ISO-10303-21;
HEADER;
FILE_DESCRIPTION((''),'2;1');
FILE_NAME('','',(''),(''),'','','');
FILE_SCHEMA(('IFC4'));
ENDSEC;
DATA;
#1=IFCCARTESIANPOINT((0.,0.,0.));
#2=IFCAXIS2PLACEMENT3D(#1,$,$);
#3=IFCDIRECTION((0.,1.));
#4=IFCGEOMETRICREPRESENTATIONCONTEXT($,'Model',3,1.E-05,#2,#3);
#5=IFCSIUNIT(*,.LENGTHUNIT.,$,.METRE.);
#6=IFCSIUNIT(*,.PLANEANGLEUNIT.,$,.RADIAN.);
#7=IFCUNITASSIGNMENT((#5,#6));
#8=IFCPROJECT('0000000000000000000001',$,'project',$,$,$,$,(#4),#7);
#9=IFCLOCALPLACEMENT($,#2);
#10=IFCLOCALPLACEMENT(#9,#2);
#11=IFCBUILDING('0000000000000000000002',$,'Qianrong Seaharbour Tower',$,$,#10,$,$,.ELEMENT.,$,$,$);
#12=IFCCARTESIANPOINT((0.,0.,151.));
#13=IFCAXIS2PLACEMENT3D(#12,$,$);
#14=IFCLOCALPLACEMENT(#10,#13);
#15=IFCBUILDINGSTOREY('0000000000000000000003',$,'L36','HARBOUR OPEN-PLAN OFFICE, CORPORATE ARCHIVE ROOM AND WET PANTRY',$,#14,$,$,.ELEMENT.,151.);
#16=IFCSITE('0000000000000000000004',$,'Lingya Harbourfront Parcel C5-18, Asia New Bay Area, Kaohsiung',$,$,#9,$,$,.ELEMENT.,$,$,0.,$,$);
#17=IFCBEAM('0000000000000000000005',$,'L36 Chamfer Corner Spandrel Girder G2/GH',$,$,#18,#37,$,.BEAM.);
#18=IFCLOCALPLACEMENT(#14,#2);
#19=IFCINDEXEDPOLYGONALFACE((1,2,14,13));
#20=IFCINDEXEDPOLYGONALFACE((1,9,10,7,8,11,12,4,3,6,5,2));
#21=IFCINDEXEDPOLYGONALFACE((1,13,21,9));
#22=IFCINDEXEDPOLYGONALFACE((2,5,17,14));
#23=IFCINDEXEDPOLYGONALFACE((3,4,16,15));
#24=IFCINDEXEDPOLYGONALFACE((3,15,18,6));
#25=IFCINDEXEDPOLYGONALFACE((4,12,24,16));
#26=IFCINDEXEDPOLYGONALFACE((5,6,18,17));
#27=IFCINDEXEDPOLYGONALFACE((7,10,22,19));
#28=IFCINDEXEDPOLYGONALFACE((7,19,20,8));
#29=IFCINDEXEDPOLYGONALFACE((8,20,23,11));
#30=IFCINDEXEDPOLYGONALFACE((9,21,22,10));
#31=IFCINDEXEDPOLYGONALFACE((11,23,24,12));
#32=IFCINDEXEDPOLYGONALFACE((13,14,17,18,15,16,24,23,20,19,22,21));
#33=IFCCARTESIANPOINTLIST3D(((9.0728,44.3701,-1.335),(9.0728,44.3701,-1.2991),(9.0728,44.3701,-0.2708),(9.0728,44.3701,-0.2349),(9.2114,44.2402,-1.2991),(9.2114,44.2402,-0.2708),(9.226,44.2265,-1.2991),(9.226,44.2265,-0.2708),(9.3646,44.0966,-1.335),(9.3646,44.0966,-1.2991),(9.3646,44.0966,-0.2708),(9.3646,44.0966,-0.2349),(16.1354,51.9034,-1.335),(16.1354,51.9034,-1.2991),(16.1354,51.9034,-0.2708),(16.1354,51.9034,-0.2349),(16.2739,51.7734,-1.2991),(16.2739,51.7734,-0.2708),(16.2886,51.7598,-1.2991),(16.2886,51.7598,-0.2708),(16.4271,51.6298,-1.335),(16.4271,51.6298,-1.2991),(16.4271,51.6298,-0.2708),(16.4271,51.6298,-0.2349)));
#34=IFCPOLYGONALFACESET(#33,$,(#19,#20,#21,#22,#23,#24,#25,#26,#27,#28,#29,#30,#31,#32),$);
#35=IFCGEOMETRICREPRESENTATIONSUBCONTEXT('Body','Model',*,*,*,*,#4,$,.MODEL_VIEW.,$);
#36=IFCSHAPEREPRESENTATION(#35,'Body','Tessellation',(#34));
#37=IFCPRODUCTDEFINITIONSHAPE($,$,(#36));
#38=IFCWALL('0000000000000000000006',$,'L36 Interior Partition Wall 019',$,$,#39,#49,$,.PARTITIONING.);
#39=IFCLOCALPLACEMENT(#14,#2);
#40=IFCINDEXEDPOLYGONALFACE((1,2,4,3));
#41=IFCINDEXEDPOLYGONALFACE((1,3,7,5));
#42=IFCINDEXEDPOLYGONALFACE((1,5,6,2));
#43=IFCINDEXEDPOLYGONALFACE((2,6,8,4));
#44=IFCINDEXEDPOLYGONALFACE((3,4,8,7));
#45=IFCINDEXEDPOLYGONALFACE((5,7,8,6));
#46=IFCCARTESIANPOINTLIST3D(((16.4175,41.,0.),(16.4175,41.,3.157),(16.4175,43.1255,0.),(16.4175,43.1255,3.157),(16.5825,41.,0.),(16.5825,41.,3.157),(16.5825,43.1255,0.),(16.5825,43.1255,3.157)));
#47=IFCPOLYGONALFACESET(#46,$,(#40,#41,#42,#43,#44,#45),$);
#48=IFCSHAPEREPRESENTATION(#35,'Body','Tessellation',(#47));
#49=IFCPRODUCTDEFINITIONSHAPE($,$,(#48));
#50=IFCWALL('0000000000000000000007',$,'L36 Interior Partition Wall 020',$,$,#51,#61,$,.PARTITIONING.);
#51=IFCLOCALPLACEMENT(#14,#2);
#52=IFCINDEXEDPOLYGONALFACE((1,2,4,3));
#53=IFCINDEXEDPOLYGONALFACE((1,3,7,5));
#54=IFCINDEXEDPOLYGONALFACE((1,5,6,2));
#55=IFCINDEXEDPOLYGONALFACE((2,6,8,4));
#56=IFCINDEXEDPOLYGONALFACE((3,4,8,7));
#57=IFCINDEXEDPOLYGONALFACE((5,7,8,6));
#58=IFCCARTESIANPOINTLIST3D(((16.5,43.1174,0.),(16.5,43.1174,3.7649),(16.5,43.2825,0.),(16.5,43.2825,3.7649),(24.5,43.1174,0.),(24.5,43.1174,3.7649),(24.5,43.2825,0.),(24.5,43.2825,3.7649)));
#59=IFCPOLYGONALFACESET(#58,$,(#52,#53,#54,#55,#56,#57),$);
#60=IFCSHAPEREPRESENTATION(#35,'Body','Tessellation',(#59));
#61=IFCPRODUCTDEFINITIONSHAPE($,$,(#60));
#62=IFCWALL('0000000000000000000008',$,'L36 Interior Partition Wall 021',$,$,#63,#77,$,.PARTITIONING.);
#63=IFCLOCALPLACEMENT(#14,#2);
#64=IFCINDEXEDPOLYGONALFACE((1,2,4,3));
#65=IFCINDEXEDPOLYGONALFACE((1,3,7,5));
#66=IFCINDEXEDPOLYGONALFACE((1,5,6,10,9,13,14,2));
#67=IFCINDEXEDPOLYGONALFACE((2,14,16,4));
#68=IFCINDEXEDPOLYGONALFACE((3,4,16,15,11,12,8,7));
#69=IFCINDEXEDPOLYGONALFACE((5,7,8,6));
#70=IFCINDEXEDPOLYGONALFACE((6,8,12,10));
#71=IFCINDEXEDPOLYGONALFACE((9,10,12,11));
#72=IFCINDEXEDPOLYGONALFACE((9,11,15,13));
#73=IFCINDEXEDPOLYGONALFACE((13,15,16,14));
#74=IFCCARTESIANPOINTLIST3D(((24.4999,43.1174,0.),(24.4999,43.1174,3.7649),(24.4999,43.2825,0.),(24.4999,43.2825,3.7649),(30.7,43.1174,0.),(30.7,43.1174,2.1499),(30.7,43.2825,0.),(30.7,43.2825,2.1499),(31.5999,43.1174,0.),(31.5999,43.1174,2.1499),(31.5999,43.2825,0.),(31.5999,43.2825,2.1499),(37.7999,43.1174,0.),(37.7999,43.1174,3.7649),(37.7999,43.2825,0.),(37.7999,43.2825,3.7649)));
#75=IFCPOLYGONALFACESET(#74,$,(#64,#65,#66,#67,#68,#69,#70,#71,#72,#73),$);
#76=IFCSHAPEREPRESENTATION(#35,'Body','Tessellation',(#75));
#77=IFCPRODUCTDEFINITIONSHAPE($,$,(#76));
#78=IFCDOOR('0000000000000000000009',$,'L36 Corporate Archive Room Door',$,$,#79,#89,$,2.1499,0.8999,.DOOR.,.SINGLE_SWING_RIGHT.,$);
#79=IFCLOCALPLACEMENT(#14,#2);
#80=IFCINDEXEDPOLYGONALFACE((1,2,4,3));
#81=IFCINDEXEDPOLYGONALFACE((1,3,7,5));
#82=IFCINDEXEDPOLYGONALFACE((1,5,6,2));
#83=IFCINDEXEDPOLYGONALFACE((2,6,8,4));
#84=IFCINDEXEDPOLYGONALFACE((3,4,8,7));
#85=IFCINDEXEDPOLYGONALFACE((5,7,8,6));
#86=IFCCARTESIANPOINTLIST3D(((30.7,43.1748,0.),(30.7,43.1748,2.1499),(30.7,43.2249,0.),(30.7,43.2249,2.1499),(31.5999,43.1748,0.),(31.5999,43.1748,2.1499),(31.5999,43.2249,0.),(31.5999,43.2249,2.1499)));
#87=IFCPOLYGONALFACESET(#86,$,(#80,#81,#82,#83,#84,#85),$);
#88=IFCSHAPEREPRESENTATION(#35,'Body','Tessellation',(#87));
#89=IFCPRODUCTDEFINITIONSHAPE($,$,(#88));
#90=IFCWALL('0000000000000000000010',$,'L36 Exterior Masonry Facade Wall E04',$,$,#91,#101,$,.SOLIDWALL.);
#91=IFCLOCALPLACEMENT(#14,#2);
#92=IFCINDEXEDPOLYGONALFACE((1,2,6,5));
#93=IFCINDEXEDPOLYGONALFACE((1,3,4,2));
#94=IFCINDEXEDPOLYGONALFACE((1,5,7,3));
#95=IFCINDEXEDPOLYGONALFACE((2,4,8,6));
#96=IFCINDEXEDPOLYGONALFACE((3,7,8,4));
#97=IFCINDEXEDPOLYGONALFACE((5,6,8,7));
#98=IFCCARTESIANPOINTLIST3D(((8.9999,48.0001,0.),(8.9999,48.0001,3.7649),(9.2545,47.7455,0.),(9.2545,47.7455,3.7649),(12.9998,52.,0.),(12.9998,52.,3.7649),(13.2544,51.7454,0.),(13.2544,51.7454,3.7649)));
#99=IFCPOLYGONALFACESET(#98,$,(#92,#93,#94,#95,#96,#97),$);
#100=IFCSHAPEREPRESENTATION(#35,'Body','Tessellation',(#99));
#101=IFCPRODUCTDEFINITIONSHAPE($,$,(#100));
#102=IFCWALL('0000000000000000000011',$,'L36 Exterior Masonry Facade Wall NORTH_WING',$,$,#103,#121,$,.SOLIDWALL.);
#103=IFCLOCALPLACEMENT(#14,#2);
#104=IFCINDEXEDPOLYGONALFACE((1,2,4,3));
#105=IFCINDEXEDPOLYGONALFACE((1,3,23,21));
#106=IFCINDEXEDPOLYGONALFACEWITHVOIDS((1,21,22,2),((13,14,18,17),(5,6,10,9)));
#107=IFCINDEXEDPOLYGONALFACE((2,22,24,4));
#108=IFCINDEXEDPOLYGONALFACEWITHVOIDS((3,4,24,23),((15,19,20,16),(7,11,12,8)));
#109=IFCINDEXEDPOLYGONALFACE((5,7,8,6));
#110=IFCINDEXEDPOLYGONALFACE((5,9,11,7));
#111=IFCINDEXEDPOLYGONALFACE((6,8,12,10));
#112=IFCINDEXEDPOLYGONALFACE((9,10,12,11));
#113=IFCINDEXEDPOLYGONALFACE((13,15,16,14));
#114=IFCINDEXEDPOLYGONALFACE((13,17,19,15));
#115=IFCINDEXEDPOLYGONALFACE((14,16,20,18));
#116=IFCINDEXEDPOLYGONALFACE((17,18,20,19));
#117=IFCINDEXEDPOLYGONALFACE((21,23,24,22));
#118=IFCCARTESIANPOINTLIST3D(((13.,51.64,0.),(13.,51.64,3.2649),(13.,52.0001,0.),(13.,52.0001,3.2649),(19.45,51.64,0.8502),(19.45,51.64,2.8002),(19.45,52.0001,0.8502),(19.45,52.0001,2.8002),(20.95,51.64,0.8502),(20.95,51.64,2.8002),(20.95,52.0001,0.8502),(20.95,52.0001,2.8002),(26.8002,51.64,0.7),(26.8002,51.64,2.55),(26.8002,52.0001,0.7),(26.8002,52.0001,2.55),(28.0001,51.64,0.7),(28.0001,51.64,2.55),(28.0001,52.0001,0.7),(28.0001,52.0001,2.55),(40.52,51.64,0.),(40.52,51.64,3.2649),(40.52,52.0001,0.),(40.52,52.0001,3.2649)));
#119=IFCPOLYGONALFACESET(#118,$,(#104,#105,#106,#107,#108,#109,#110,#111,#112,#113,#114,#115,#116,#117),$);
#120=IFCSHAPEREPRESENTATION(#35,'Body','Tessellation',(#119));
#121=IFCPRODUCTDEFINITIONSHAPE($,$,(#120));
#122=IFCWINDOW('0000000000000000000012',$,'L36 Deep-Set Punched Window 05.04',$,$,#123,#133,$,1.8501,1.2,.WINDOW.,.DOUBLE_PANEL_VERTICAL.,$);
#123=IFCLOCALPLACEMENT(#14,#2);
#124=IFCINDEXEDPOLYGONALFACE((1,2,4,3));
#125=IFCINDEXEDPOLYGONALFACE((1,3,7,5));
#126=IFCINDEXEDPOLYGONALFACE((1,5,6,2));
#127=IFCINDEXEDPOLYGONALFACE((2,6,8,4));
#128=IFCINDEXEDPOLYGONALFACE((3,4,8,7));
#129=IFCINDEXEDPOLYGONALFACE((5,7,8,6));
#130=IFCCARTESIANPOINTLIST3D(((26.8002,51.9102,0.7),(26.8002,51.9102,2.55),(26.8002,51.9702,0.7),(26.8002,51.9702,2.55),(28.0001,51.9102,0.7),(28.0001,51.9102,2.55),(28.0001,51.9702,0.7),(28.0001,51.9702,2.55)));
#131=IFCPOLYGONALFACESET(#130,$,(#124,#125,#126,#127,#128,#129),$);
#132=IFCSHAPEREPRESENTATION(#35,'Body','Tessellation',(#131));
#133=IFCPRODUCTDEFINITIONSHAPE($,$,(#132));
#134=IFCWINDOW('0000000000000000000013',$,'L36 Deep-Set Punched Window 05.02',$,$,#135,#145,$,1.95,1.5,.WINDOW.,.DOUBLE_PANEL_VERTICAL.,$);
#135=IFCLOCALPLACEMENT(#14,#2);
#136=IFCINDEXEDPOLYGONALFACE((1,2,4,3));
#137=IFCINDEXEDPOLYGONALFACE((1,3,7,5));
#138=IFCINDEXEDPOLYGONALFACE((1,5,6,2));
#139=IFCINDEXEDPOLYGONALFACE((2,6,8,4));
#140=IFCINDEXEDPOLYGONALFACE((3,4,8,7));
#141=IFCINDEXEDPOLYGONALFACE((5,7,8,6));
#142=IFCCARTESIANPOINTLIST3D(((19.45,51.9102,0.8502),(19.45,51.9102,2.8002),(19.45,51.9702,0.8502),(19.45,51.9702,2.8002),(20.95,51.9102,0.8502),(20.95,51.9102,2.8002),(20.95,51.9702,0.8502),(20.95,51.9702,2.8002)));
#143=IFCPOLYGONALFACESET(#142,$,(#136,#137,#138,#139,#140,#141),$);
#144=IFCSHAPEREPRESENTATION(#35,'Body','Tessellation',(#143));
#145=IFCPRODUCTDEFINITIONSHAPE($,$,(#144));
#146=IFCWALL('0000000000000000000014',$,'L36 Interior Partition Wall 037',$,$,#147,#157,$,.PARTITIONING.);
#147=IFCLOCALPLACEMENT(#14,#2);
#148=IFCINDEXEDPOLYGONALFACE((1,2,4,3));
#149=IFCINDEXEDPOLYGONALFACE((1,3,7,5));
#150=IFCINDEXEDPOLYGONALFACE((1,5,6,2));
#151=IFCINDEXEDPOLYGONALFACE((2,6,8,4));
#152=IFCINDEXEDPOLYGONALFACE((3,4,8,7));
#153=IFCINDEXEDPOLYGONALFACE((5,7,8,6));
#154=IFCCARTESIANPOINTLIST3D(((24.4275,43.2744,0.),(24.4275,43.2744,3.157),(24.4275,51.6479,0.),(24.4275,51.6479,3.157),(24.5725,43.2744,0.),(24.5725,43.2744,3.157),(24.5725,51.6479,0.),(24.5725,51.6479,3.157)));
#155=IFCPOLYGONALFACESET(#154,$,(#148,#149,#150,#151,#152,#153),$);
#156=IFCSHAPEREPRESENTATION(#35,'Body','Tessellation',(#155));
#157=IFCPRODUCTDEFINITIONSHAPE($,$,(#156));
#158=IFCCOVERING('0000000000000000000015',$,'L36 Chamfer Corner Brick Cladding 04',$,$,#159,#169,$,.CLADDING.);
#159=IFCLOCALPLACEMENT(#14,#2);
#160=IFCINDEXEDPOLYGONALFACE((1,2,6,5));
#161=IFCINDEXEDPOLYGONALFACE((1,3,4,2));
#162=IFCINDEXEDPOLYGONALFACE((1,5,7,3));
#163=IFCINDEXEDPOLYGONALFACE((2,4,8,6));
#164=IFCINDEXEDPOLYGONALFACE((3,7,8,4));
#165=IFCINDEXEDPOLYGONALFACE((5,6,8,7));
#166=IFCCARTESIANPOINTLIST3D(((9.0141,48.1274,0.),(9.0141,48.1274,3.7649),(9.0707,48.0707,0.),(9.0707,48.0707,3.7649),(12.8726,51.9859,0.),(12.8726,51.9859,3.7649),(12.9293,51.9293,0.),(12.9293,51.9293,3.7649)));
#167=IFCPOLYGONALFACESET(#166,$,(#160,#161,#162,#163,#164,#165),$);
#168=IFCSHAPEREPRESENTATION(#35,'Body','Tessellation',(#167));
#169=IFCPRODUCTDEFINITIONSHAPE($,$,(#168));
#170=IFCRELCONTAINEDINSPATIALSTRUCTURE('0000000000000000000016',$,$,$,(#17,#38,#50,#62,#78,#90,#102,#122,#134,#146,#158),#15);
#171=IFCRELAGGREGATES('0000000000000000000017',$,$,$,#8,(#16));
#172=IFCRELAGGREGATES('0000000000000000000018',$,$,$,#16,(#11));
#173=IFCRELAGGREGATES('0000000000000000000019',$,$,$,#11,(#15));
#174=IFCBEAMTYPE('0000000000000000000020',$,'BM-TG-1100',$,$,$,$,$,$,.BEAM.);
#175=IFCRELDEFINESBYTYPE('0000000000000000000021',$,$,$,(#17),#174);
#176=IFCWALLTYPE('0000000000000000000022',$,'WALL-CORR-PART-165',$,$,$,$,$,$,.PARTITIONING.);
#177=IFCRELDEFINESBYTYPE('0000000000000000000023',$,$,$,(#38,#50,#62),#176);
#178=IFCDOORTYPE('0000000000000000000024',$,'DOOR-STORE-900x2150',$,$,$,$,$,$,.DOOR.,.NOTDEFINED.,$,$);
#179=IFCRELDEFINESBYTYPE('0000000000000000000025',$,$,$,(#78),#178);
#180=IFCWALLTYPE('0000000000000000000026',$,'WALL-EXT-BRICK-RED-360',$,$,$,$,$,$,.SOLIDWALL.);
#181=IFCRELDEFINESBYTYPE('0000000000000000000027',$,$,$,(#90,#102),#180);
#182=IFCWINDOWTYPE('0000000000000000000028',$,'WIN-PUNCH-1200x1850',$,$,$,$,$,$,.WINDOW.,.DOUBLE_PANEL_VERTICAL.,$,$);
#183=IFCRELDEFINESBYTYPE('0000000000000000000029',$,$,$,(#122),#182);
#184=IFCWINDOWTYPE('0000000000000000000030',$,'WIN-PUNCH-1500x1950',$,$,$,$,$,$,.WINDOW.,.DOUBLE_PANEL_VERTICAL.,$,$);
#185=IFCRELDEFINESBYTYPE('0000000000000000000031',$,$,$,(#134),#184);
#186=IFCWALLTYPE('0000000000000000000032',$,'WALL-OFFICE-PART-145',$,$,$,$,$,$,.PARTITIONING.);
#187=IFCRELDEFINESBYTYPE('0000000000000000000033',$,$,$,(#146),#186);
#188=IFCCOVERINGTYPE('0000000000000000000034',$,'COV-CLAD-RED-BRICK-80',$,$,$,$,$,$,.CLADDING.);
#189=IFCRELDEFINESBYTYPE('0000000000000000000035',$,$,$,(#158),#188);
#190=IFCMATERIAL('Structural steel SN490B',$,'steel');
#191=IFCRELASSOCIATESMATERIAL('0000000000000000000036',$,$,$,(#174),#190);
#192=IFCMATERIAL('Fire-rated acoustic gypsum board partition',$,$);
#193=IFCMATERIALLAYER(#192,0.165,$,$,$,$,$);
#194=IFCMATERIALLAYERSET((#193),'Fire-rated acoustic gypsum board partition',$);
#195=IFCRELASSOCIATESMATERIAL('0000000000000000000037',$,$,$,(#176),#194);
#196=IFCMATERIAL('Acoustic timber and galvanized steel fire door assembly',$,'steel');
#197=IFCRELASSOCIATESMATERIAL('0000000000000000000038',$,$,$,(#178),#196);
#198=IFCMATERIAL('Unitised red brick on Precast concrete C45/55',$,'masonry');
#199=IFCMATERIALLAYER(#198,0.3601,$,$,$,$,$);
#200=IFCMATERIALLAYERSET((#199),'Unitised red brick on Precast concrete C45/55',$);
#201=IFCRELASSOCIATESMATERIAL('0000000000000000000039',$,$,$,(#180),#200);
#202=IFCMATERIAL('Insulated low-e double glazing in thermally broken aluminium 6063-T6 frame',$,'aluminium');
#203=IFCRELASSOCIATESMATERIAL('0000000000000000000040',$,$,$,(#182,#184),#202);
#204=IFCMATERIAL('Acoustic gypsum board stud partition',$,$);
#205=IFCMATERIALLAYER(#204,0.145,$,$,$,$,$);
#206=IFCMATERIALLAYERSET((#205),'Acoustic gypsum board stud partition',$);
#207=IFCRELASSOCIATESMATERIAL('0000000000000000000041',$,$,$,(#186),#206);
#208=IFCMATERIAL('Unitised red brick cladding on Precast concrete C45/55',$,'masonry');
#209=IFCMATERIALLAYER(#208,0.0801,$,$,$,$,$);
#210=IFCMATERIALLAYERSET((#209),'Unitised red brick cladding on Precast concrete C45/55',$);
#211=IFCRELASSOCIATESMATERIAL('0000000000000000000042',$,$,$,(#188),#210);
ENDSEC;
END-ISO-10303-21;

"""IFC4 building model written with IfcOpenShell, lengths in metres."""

from ifc_helpers import new_model, si_unit, direction, frame, frame_2d, origin, origin_2d, place, context, subcontext, project, spatial, rectangle, i_section, extrude, material, layer, layer_set, material_profile, profile_set, type_object, element, fill, save


model = new_model("IFC4")

# Units and contexts
model_context = context("Model", 3, precision=1e-05, world=origin(), true_north=direction((0.0, 1.0)))
body_context = subcontext(model_context, "Body", "Model", "MODEL_VIEW")
ifc_project = project(units=[si_unit("LENGTHUNIT", "METRE"), si_unit("PLANEANGLEUNIT", "RADIAN")], contexts=[model_context])

# Site, building, storey
site_placement = place(None, origin())
site = spatial("IfcSite", under=ifc_project, at=site_placement, Name="Lingya Harbourfront Parcel C5-18, Asia New Bay Area, Kaohsiung", CompositionType="ELEMENT", RefElevation=0.0)
building_placement = place(site_placement, origin())
building = spatial("IfcBuilding", under=site, at=building_placement, Name="Qianrong Seaharbour Tower", CompositionType="ELEMENT")
storey_placement = place(building_placement, frame((0.0, 0.0, 151.0)))
storey = spatial("IfcBuildingStorey", under=building, at=storey_placement, Name="L36", Description="HARBOUR OPEN-PLAN OFFICE, CORPORATE ARCHIVE ROOM AND WET PANTRY", CompositionType="ELEMENT", Elevation=151.0)

# Shared definitions
ifc_material_1 = material(Name="Structural steel SN490B", Category="steel")

# Beam
ifc_material_profile_1 = material_profile(ifc_material_1, i_section(OverallWidth=0.3999, OverallDepth=1.1001, WebThickness=0.02, FlangeThickness=0.0359, at=origin_2d()), Name="BH1100x400x20x36")
ifc_profile_set_1 = profile_set([ifc_material_profile_1], Name="Structural steel SN490B")
beam_type_1 = type_object("IfcBeamType", Name="BM-TG-1100", PredefinedType="BEAM", material=ifc_profile_set_1)
beam_1_placement = place(storey_placement, frame((16.2812, 51.7666, -0.7849), z_axis=(-0.683947, -0.729531, 0.0), x_axis=(0.729531, -0.683947, 0.0)))
element("IfcBeam", 1, at=beam_1_placement, inside=storey, type_object=beam_type_1, Name="L36 Chamfer Corner Spandrel Girder G2/GH", PredefinedType="BEAM", context=body_context, shape_type="SweptSolid", body=[
    extrude(i_section(OverallWidth=0.3999, OverallDepth=1.1001, WebThickness=0.02, FlangeThickness=0.0359, at=origin_2d()), origin(), (0.0, 0.0, 1.0), 10.3262),
])

# Walls
ifc_material_2 = material(Name="Fire-rated acoustic gypsum board partition")
ifc_layer_1 = layer(ifc_material_2, 0.165)
ifc_layer_set_1 = layer_set([ifc_layer_1], Name="Fire-rated acoustic gypsum board partition")
wall_type_1 = type_object("IfcWallType", Name="WALL-CORR-PART-165", PredefinedType="PARTITIONING", material=ifc_layer_set_1)
wall_1_placement = place(storey_placement, frame((16.5, 41.0, 0.0), z_axis=(0.0, 0.0, 1.0), x_axis=(0.0, 1.0, 0.0)))
element("IfcWall", 2, at=wall_1_placement, inside=storey, type_object=wall_type_1, Name="L36 Interior Partition Wall 019", PredefinedType="PARTITIONING", context=body_context, shape_type="SweptSolid", body=[
    extrude(rectangle(XDim=2.1255, YDim=0.165, at=frame_2d((1.0627, 0.0))), origin(), (0.0, 0.0, 1.0), 3.157),
])
wall_2_placement = place(storey_placement, frame((16.5, 43.2, 0.0), z_axis=(0.0, 0.0, 1.0), x_axis=(1.0, 0.0, 0.0)))
element("IfcWall", 3, at=wall_2_placement, inside=storey, type_object=wall_type_1, Name="L36 Interior Partition Wall 020", PredefinedType="PARTITIONING", context=body_context, shape_type="SweptSolid", body=[
    extrude(rectangle(XDim=8.0, YDim=0.165, at=frame_2d((4.0, 0.0))), origin(), (0.0, 0.0, 1.0), 3.7649),
])

# Wall, opening, door
wall_3_placement = place(storey_placement, frame((24.5, 43.2, 0.0), z_axis=(0.0, 0.0, 1.0), x_axis=(1.0, 0.0, 0.0)))
wall_3 = element("IfcWall", 4, at=wall_3_placement, inside=storey, type_object=wall_type_1, Name="L36 Interior Partition Wall 021", PredefinedType="PARTITIONING", context=body_context, shape_type="SweptSolid", body=[
    extrude(rectangle(XDim=13.3, YDim=0.165, at=frame_2d((6.6499, 0.0))), origin(), (0.0, 0.0, 1.0), 3.7649),
])
opening_1_placement = place(wall_3_placement, frame((6.2, 0.0, 0.0)))
opening_1 = element("IfcOpeningElement", 5, at=opening_1_placement, cuts=wall_3, PredefinedType="OPENING", context=body_context, shape_type="SweptSolid", body=[
    extrude(rectangle(XDim=0.8999, YDim=2.1499, at=frame_2d((0.45, 1.075))), frame((0.0, 0.0925, 0.0), z_axis=(0.0, -1.0, 0.0), x_axis=(1.0, 0.0, 0.0)), (0.0, 0.0, 1.0), 0.1851),
])
ifc_material_3 = material(Name="Acoustic timber and galvanized steel fire door assembly", Category="steel")
door_type = type_object("IfcDoorType", Name="DOOR-STORE-900x2150", OperationType="NOTDEFINED", PredefinedType="DOOR", material=ifc_material_3)
door_placement = place(opening_1_placement, origin())
door = element("IfcDoor", 6, at=door_placement, inside=storey, type_object=door_type, Name="L36 Corporate Archive Room Door", OperationType="SINGLE_SWING_RIGHT", OverallHeight=2.1499, OverallWidth=0.8999, PredefinedType="DOOR", context=body_context, shape_type="SweptSolid", body=[
    extrude(rectangle(XDim=0.8999, YDim=2.1499, at=frame_2d((0.45, 1.075))), frame((0.0, 0.0249, 0.0), z_axis=(0.0, -1.0, 0.0), x_axis=(1.0, 0.0, 0.0)), (0.0, 0.0, 1.0), 0.05),
])
fill(opening_1, door)

# Wall
ifc_material_4 = material(Name="Unitised red brick on Precast concrete C45/55", Category="masonry")
ifc_layer_2 = layer(ifc_material_4, 0.3601)
ifc_layer_set_2 = layer_set([ifc_layer_2], Name="Unitised red brick on Precast concrete C45/55")
wall_type_2 = type_object("IfcWallType", Name="WALL-EXT-BRICK-RED-360", PredefinedType="SOLIDWALL", material=ifc_layer_set_2)
wall_4_placement = place(storey_placement, frame((9.1272, 47.8728, 0.0), z_axis=(0.0, 0.0, 1.0), x_axis=(0.707107, 0.707107, 0.0)))
element("IfcWall", 7, at=wall_4_placement, inside=storey, type_object=wall_type_2, Name="L36 Exterior Masonry Facade Wall E04", PredefinedType="SOLIDWALL", context=body_context, shape_type="SweptSolid", body=[
    extrude(rectangle(XDim=5.6567, YDim=0.3601, at=frame_2d((2.8284, 0.0))), origin(), (0.0, 0.0, 1.0), 3.7649),
])

# Wall, openings, windows
wall_5_placement = place(storey_placement, frame((13.0, 51.8201, 0.0), z_axis=(0.0, 0.0, 1.0), x_axis=(1.0, 0.0, 0.0)))
wall_5 = element("IfcWall", 8, at=wall_5_placement, inside=storey, type_object=wall_type_2, Name="L36 Exterior Masonry Facade Wall NORTH_WING", PredefinedType="SOLIDWALL", context=body_context, shape_type="SweptSolid", body=[
    extrude(rectangle(XDim=27.52, YDim=0.3601, at=frame_2d((13.76, 0.0))), origin(), (0.0, 0.0, 1.0), 3.2649),
])
opening_2_placement = place(wall_5_placement, frame((6.45, 0.0, 0.8501)))
opening_2 = element("IfcOpeningElement", 9, at=opening_2_placement, cuts=wall_5, PredefinedType="OPENING", context=body_context, shape_type="SweptSolid", body=[
    extrude(rectangle(XDim=1.5, YDim=1.95, at=frame_2d((0.75, 0.9751))), frame((0.0, 0.1899, 0.0), z_axis=(0.0, -1.0, 0.0), x_axis=(1.0, 0.0, 0.0)), (0.0, 0.0, 1.0), 0.3801),
])
opening_3_placement = place(wall_5_placement, frame((13.8, 0.0, 0.7)))
opening_3 = element("IfcOpeningElement", 10, at=opening_3_placement, cuts=wall_5, PredefinedType="OPENING", context=body_context, shape_type="SweptSolid", body=[
    extrude(rectangle(XDim=1.2, YDim=1.8501, at=frame_2d((0.6001, 0.925))), frame((0.0, 0.1899, 0.0), z_axis=(0.0, -1.0, 0.0), x_axis=(1.0, 0.0, 0.0)), (0.0, 0.0, 1.0), 0.3801),
])
ifc_material_5 = material(Name="Insulated low-e double glazing in thermally broken aluminium 6063-T6 frame", Category="aluminium")
window_type_1 = type_object("IfcWindowType", Name="WIN-PUNCH-1200x1850", PartitioningType="DOUBLE_PANEL_VERTICAL", PredefinedType="WINDOW", material=ifc_material_5)
window_1_placement = place(opening_3_placement, origin())
window_1 = element("IfcWindow", 11, at=window_1_placement, inside=storey, type_object=window_type_1, Name="L36 Deep-Set Punched Window 05.04", OverallHeight=1.8501, OverallWidth=1.2, PartitioningType="DOUBLE_PANEL_VERTICAL", PredefinedType="WINDOW", context=body_context, shape_type="SweptSolid", body=[
    extrude(rectangle(XDim=1.2, YDim=1.8501, at=frame_2d((0.6001, 0.925))), frame((0.0, 0.1501, 0.0), z_axis=(0.0, -1.0, 0.0), x_axis=(1.0, 0.0, 0.0)), (0.0, 0.0, 1.0), 0.0601),
])
fill(opening_3, window_1)
window_type_2 = type_object("IfcWindowType", Name="WIN-PUNCH-1500x1950", PartitioningType="DOUBLE_PANEL_VERTICAL", PredefinedType="WINDOW", material=ifc_material_5)
window_2_placement = place(opening_2_placement, origin())
window_2 = element("IfcWindow", 12, at=window_2_placement, inside=storey, type_object=window_type_2, Name="L36 Deep-Set Punched Window 05.02", OverallHeight=1.95, OverallWidth=1.5, PartitioningType="DOUBLE_PANEL_VERTICAL", PredefinedType="WINDOW", context=body_context, shape_type="SweptSolid", body=[
    extrude(rectangle(XDim=1.5, YDim=1.95, at=frame_2d((0.75, 0.9751))), frame((0.0, 0.1501, 0.0), z_axis=(0.0, -1.0, 0.0), x_axis=(1.0, 0.0, 0.0)), (0.0, 0.0, 1.0), 0.0601),
])
fill(opening_2, window_2)

# Wall
ifc_material_6 = material(Name="Acoustic gypsum board stud partition")
ifc_layer_3 = layer(ifc_material_6, 0.145)
ifc_layer_set_3 = layer_set([ifc_layer_3], Name="Acoustic gypsum board stud partition")
wall_type_3 = type_object("IfcWallType", Name="WALL-OFFICE-PART-145", PredefinedType="PARTITIONING", material=ifc_layer_set_3)
wall_6_placement = place(storey_placement, frame((24.5, 51.6479, 0.0), z_axis=(0.0, 0.0, 1.0), x_axis=(0.0, -1.0, 0.0)))
element("IfcWall", 13, at=wall_6_placement, inside=storey, type_object=wall_type_3, Name="L36 Interior Partition Wall 037", PredefinedType="PARTITIONING", context=body_context, shape_type="SweptSolid", body=[
    extrude(rectangle(XDim=8.3735, YDim=0.145, at=frame_2d((4.1868, 0.0))), origin(), (0.0, 0.0, 1.0), 3.157),
])

# Covering
ifc_material_7 = material(Name="Unitised red brick cladding on Precast concrete C45/55", Category="masonry")
ifc_layer_4 = layer(ifc_material_7, 0.0801)
ifc_layer_set_4 = layer_set([ifc_layer_4], Name="Unitised red brick cladding on Precast concrete C45/55")
covering_type = type_object("IfcCoveringType", Name="COV-CLAD-RED-BRICK-80", PredefinedType="CLADDING", material=ifc_layer_set_4)
covering_placement = place(storey_placement, frame((10.9717, 50.0283, 0.0), z_axis=(0.0, 0.0, 1.0), x_axis=(0.707107, 0.707107, 0.0)))
element("IfcCovering", 14, at=covering_placement, inside=storey, type_object=covering_type, Name="L36 Chamfer Corner Brick Cladding 04", PredefinedType="CLADDING", context=body_context, shape_type="SweptSolid", body=[
    extrude(rectangle(XDim=5.4568, YDim=0.0801, at=origin_2d()), origin(), (0.0, 0.0, 1.0), 3.7649),
])

save(model, "model.ifc")
